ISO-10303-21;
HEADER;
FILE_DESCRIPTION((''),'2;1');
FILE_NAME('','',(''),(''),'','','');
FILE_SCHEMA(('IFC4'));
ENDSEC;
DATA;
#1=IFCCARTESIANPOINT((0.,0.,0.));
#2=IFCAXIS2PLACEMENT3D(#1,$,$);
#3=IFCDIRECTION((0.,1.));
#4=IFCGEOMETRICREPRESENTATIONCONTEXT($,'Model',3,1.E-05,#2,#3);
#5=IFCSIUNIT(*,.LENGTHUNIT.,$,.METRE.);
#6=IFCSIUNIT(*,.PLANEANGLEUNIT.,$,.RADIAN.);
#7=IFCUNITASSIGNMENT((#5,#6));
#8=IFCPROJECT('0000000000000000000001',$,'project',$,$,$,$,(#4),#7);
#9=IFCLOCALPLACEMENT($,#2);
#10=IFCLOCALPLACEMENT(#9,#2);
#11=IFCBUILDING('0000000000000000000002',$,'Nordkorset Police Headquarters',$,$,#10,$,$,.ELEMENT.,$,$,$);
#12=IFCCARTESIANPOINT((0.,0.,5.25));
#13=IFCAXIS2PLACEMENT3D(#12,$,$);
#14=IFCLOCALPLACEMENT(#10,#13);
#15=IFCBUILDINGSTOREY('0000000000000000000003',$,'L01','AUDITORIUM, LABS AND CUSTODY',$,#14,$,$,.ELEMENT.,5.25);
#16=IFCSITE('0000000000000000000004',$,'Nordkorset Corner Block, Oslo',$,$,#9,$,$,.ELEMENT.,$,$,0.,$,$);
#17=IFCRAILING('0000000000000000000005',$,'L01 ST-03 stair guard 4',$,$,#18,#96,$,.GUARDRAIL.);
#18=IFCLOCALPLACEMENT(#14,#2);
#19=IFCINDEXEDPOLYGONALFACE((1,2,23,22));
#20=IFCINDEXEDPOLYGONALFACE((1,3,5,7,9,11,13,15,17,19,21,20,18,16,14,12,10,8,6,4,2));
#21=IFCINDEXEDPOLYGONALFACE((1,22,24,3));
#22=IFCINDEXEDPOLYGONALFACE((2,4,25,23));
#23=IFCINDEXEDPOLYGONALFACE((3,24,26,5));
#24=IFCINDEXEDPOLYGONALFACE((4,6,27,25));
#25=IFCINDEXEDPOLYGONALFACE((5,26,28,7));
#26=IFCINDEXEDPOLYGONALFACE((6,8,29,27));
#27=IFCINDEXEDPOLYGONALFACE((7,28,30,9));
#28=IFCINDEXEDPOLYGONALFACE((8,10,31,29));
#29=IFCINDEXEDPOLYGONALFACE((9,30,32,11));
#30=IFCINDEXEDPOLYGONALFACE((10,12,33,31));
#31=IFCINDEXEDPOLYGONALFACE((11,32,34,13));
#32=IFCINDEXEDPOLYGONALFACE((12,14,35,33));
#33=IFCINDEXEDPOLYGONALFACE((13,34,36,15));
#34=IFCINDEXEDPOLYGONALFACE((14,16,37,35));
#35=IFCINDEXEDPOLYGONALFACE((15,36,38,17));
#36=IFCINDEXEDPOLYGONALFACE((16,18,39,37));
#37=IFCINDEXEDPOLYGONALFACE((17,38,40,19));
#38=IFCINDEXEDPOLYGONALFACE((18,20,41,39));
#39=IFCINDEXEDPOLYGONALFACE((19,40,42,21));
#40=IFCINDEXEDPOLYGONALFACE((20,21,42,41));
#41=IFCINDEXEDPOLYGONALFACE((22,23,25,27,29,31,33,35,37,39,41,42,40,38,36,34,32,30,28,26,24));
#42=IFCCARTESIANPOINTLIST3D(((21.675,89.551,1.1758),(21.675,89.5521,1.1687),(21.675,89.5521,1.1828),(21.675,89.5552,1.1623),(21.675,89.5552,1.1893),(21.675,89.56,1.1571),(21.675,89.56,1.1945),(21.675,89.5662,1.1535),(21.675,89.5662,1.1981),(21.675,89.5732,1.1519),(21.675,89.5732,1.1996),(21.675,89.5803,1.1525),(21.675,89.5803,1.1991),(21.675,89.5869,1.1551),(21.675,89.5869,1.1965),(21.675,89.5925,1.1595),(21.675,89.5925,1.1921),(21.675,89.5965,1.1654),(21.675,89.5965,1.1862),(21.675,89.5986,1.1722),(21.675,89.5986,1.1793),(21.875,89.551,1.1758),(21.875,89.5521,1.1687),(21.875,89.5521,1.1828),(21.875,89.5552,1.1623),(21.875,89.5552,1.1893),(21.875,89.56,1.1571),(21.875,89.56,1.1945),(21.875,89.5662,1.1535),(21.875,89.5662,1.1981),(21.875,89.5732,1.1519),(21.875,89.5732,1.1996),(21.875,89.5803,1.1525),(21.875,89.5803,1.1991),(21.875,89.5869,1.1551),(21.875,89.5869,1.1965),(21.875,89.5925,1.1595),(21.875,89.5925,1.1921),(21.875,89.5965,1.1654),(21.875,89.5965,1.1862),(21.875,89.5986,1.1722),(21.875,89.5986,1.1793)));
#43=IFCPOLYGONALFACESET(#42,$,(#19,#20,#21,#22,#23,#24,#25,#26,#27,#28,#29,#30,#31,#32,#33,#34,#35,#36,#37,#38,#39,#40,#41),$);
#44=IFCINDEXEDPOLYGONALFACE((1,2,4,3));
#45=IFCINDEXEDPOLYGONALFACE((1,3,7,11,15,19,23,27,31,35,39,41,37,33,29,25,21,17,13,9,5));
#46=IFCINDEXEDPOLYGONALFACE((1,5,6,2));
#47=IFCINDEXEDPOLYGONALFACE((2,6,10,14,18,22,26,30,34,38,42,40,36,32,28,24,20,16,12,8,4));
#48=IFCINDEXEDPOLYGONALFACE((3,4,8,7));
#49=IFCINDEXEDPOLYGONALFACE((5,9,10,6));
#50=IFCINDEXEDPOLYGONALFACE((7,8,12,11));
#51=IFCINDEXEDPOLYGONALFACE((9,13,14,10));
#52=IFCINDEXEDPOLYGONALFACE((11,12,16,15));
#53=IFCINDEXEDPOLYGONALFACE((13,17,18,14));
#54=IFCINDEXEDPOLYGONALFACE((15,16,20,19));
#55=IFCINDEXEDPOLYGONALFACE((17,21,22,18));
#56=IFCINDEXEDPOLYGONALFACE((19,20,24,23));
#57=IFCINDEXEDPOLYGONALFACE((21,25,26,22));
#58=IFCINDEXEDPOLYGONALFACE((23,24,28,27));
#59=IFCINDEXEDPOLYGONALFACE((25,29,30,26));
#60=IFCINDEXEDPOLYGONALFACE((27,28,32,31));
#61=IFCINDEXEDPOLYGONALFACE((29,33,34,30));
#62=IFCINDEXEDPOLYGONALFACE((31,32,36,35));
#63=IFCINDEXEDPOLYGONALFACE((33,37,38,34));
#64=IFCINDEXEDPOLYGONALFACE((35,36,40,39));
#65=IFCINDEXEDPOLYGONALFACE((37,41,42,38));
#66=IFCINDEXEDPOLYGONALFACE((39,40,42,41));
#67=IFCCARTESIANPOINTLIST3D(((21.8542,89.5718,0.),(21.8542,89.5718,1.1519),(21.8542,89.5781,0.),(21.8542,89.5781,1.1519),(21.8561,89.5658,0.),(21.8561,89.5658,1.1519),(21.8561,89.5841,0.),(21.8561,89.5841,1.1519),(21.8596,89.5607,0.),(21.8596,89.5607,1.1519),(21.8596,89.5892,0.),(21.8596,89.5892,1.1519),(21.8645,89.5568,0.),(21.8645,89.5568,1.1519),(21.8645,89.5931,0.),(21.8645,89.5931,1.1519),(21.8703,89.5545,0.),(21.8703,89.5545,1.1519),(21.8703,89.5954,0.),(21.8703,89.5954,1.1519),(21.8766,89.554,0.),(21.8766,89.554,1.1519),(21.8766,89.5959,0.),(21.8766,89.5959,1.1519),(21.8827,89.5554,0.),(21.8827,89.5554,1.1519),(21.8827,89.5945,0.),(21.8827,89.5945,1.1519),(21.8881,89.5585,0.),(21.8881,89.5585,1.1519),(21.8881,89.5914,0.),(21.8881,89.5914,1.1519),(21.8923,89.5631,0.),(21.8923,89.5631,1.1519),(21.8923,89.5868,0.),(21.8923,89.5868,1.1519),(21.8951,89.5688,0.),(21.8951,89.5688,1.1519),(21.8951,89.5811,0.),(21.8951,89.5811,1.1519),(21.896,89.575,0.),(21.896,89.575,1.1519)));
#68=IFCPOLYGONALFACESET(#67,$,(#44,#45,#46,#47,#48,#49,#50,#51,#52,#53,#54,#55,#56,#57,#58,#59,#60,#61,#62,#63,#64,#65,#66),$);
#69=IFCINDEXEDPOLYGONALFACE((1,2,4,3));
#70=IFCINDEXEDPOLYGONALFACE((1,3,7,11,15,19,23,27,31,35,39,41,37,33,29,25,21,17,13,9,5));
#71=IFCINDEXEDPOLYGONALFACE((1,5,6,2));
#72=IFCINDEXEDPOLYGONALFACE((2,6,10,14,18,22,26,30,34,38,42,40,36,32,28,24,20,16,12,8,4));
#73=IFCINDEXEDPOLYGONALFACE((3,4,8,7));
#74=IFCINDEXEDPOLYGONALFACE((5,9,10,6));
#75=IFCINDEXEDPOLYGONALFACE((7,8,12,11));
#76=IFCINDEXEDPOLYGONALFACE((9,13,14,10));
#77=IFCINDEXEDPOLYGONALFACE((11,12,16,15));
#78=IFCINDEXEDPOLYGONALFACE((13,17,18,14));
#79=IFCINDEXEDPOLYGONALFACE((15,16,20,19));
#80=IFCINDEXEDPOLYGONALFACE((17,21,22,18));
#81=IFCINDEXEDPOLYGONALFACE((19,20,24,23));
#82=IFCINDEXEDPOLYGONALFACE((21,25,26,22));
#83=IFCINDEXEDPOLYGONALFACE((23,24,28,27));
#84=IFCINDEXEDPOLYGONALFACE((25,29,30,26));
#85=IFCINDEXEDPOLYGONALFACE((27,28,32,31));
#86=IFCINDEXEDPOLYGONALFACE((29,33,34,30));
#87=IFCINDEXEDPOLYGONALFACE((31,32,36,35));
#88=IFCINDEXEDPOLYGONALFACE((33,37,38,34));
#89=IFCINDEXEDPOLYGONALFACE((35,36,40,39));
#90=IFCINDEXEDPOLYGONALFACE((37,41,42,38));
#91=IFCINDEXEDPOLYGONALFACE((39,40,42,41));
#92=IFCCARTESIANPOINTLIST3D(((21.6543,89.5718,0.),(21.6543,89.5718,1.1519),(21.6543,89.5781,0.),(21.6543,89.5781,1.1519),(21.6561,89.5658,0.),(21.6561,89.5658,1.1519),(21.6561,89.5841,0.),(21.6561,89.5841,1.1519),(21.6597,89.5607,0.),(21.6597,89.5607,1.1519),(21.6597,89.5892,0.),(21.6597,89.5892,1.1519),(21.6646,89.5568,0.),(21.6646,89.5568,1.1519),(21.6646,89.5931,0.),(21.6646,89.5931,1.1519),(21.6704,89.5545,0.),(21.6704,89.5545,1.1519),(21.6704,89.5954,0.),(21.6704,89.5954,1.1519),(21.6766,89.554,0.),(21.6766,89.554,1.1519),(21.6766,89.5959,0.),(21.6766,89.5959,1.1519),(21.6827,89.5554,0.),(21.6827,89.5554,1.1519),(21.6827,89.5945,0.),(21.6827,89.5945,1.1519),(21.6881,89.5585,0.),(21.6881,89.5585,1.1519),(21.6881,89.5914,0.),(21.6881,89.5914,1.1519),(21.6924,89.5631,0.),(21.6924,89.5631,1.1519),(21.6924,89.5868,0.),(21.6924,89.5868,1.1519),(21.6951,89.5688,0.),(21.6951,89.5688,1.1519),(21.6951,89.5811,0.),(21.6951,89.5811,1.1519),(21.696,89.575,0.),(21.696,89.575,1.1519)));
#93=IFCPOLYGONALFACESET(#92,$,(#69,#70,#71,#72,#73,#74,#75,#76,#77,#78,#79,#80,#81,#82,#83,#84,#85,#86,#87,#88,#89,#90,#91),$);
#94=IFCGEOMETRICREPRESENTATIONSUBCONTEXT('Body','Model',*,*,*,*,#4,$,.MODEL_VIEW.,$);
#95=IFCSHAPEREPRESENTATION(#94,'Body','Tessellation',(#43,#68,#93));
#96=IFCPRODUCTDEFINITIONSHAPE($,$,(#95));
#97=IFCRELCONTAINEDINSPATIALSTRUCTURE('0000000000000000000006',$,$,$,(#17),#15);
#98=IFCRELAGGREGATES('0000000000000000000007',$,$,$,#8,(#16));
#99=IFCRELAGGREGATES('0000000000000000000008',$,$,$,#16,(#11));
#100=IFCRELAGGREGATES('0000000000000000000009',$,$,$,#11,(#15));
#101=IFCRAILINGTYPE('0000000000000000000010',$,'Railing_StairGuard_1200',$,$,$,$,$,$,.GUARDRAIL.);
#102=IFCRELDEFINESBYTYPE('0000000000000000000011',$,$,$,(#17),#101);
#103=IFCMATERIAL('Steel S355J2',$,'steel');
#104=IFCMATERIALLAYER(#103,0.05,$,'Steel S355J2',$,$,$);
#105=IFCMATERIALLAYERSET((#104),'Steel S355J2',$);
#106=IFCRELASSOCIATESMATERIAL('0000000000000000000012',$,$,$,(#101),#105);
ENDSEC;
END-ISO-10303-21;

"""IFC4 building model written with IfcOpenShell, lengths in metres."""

from ifc_helpers import new_model, si_unit, direction, frame, origin, origin_2d, place, context, subcontext, project, spatial, circle, extrude, material, layer, layer_set, type_object, element, save


model = new_model("IFC4")

# Units and contexts
model_context = context("Model", 3, precision=1e-05, world=origin(), true_north=direction((0.0, 1.0)))
body_context = subcontext(model_context, "Body", "Model", "MODEL_VIEW")
ifc_project = project(units=[si_unit("LENGTHUNIT", "METRE"), si_unit("PLANEANGLEUNIT", "RADIAN")], contexts=[model_context])

# Site, building, storey
site_placement = place(None, origin())
site = spatial("IfcSite", under=ifc_project, at=site_placement, Name="Nordkorset Corner Block, Oslo", CompositionType="ELEMENT", RefElevation=0.0)
building_placement = place(site_placement, origin())
building = spatial("IfcBuilding", under=site, at=building_placement, Name="Nordkorset Police Headquarters", CompositionType="ELEMENT")
storey_placement = place(building_placement, frame((0.0, 0.0, 5.25)))
storey = spatial("IfcBuildingStorey", under=building, at=storey_placement, Name="L01", Description="AUDITORIUM, LABS AND CUSTODY", CompositionType="ELEMENT", Elevation=5.25)

# Railing
ifc_material_1 = material(Name="Steel S355J2", Category="steel")
ifc_layer_1 = layer(ifc_material_1, 0.05, Name="Steel S355J2")
ifc_layer_set_1 = layer_set([ifc_layer_1], Name="Steel S355J2")
railing_type_1 = type_object("IfcRailingType", Name="Railing_StairGuard_1200", PredefinedType="GUARDRAIL", material=ifc_layer_set_1)
railing_1_placement = place(storey_placement, frame((21.875, 89.575, 0.0)))
element("IfcRailing", 1, at=railing_1_placement, inside=storey, type_object=railing_type_1, Name="L01 ST-03 stair guard 4", PredefinedType="GUARDRAIL", context=body_context, shape_type="SweptSolid", body=[
    extrude(circle(Radius=0.0239, at=origin_2d()), frame((0.0, 0.0, 1.1758), z_axis=(-1.0, 0.0, 0.0), x_axis=(0.0, -1.0, 0.0)), (0.0, 0.0, 1.0), 0.2),
    extrude(circle(Radius=0.021, at=origin_2d()), origin(), (0.0, 0.0, 1.0), 1.1519),
    extrude(circle(Radius=0.021, at=origin_2d()), frame((-0.2, 0.0, 0.0)), (0.0, 0.0, 1.0), 1.1519),
])

save(model, "model.ifc")
